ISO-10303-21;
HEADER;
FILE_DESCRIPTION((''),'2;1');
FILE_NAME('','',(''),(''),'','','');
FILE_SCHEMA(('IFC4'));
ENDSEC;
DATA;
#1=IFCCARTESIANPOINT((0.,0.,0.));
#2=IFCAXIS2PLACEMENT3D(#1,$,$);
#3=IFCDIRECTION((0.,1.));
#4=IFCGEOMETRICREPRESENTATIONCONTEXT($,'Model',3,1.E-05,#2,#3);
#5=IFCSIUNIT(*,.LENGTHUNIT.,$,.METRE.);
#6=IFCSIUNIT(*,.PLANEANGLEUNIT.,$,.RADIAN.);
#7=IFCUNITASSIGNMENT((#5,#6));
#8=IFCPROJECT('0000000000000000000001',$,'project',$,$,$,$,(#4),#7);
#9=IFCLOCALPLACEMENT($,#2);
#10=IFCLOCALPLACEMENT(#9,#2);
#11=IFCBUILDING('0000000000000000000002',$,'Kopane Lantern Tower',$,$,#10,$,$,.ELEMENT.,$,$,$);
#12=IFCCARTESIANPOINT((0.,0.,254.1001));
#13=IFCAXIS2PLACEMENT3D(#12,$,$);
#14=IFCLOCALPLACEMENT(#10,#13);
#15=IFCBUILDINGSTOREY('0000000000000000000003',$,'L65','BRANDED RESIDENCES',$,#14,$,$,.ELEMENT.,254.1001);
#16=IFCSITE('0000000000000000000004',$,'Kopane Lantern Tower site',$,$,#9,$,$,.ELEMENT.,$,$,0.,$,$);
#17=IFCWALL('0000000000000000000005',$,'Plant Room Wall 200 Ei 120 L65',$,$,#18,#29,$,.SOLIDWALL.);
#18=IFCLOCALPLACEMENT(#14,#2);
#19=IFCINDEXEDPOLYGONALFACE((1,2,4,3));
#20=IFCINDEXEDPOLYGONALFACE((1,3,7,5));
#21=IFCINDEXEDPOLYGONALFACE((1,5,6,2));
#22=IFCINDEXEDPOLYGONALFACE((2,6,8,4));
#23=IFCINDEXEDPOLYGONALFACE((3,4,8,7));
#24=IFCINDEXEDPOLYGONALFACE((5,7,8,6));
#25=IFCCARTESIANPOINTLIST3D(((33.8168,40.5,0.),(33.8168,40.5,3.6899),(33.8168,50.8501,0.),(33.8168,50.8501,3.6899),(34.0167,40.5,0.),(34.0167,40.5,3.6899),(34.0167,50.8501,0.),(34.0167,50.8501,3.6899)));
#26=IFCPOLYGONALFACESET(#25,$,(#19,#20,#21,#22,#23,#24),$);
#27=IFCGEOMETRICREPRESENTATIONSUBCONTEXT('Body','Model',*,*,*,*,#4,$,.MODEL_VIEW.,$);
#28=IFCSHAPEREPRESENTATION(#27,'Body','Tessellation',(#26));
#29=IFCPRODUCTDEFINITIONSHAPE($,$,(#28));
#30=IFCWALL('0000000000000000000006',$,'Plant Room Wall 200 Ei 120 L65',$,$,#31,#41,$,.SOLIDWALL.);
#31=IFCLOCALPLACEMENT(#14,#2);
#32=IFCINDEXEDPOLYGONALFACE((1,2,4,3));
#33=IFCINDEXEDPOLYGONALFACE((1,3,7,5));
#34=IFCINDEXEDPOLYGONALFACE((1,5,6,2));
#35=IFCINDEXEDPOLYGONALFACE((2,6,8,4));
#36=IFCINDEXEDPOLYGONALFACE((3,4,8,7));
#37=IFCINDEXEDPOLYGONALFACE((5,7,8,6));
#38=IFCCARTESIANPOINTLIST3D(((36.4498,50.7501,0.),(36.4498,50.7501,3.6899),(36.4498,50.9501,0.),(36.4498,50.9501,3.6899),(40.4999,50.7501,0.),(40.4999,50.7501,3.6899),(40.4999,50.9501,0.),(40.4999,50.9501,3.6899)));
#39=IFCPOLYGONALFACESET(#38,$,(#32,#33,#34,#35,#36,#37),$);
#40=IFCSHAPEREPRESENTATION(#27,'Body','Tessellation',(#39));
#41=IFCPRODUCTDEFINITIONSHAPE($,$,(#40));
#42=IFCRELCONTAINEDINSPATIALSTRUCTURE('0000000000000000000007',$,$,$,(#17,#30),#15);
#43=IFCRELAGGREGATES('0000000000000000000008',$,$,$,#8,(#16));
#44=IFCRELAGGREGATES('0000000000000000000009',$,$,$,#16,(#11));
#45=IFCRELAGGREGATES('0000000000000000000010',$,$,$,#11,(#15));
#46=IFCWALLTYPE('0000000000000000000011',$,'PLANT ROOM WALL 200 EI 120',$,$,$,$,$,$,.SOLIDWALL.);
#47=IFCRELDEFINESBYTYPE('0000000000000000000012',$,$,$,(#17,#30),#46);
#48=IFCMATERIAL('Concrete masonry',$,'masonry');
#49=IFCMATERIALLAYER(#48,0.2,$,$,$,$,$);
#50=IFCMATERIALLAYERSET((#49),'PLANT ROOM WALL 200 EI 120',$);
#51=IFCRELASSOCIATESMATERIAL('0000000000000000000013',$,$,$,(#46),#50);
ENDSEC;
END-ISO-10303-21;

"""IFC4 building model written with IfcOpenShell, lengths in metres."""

from ifc_helpers import new_model, si_unit, direction, frame, frame_2d, origin, place, context, subcontext, project, spatial, rectangle, extrude, material, layer, layer_set, type_object, element, save


model = new_model("IFC4")

# Units and contexts
model_context = context("Model", 3, precision=1e-05, world=origin(), true_north=direction((0.0, 1.0)))
body_context = subcontext(model_context, "Body", "Model", "MODEL_VIEW")
ifc_project = project(units=[si_unit("LENGTHUNIT", "METRE"), si_unit("PLANEANGLEUNIT", "RADIAN")], contexts=[model_context])

# Site, building, storey
site_placement = place(None, origin())
site = spatial("IfcSite", under=ifc_project, at=site_placement, Name="Kopane Lantern Tower site", CompositionType="ELEMENT", RefElevation=0.0)
building_placement = place(site_placement, origin())
building = spatial("IfcBuilding", under=site, at=building_placement, Name="Kopane Lantern Tower", CompositionType="ELEMENT")
storey_placement = place(building_placement, frame((0.0, 0.0, 254.1001)))
storey = spatial("IfcBuildingStorey", under=building, at=storey_placement, Name="L65", Description="BRANDED RESIDENCES", CompositionType="ELEMENT", Elevation=254.1001)

# Walls
ifc_material_1 = material(Name="Concrete masonry", Category="masonry")
ifc_layer_1 = layer(ifc_material_1, 0.2)
ifc_layer_set_1 = layer_set([ifc_layer_1], Name="PLANT ROOM WALL 200 EI 120")
wall_type_1 = type_object("IfcWallType", Name="PLANT ROOM WALL 200 EI 120", PredefinedType="SOLIDWALL", material=ifc_layer_set_1)
wall_1_placement = place(storey_placement, frame((33.9167, 50.8501, 0.0), z_axis=(0.0, 0.0, 1.0), x_axis=(0.0, -1.0, 0.0)))
element("IfcWall", 1, at=wall_1_placement, inside=storey, type_object=wall_type_1, Name="Plant Room Wall 200 Ei 120 L65", PredefinedType="SOLIDWALL", context=body_context, shape_type="SweptSolid", body=[
    extrude(rectangle(XDim=10.3501, YDim=0.2, at=frame_2d((5.175, 0.0))), origin(), (0.0, 0.0, 1.0), 3.6899),
])
wall_2_placement = place(storey_placement, frame((36.45, 50.8501, 0.0), z_axis=(0.0, 0.0, 1.0), x_axis=(1.0, 0.0, 0.0)))
element("IfcWall", 2, at=wall_2_placement, inside=storey, type_object=wall_type_1, Name="Plant Room Wall 200 Ei 120 L65", PredefinedType="SOLIDWALL", context=body_context, shape_type="SweptSolid", body=[
    extrude(rectangle(XDim=4.05, YDim=0.2, at=frame_2d((2.0249, 0.0))), origin(), (0.0, 0.0, 1.0), 3.6899),
])

save(model, "model.ifc")
